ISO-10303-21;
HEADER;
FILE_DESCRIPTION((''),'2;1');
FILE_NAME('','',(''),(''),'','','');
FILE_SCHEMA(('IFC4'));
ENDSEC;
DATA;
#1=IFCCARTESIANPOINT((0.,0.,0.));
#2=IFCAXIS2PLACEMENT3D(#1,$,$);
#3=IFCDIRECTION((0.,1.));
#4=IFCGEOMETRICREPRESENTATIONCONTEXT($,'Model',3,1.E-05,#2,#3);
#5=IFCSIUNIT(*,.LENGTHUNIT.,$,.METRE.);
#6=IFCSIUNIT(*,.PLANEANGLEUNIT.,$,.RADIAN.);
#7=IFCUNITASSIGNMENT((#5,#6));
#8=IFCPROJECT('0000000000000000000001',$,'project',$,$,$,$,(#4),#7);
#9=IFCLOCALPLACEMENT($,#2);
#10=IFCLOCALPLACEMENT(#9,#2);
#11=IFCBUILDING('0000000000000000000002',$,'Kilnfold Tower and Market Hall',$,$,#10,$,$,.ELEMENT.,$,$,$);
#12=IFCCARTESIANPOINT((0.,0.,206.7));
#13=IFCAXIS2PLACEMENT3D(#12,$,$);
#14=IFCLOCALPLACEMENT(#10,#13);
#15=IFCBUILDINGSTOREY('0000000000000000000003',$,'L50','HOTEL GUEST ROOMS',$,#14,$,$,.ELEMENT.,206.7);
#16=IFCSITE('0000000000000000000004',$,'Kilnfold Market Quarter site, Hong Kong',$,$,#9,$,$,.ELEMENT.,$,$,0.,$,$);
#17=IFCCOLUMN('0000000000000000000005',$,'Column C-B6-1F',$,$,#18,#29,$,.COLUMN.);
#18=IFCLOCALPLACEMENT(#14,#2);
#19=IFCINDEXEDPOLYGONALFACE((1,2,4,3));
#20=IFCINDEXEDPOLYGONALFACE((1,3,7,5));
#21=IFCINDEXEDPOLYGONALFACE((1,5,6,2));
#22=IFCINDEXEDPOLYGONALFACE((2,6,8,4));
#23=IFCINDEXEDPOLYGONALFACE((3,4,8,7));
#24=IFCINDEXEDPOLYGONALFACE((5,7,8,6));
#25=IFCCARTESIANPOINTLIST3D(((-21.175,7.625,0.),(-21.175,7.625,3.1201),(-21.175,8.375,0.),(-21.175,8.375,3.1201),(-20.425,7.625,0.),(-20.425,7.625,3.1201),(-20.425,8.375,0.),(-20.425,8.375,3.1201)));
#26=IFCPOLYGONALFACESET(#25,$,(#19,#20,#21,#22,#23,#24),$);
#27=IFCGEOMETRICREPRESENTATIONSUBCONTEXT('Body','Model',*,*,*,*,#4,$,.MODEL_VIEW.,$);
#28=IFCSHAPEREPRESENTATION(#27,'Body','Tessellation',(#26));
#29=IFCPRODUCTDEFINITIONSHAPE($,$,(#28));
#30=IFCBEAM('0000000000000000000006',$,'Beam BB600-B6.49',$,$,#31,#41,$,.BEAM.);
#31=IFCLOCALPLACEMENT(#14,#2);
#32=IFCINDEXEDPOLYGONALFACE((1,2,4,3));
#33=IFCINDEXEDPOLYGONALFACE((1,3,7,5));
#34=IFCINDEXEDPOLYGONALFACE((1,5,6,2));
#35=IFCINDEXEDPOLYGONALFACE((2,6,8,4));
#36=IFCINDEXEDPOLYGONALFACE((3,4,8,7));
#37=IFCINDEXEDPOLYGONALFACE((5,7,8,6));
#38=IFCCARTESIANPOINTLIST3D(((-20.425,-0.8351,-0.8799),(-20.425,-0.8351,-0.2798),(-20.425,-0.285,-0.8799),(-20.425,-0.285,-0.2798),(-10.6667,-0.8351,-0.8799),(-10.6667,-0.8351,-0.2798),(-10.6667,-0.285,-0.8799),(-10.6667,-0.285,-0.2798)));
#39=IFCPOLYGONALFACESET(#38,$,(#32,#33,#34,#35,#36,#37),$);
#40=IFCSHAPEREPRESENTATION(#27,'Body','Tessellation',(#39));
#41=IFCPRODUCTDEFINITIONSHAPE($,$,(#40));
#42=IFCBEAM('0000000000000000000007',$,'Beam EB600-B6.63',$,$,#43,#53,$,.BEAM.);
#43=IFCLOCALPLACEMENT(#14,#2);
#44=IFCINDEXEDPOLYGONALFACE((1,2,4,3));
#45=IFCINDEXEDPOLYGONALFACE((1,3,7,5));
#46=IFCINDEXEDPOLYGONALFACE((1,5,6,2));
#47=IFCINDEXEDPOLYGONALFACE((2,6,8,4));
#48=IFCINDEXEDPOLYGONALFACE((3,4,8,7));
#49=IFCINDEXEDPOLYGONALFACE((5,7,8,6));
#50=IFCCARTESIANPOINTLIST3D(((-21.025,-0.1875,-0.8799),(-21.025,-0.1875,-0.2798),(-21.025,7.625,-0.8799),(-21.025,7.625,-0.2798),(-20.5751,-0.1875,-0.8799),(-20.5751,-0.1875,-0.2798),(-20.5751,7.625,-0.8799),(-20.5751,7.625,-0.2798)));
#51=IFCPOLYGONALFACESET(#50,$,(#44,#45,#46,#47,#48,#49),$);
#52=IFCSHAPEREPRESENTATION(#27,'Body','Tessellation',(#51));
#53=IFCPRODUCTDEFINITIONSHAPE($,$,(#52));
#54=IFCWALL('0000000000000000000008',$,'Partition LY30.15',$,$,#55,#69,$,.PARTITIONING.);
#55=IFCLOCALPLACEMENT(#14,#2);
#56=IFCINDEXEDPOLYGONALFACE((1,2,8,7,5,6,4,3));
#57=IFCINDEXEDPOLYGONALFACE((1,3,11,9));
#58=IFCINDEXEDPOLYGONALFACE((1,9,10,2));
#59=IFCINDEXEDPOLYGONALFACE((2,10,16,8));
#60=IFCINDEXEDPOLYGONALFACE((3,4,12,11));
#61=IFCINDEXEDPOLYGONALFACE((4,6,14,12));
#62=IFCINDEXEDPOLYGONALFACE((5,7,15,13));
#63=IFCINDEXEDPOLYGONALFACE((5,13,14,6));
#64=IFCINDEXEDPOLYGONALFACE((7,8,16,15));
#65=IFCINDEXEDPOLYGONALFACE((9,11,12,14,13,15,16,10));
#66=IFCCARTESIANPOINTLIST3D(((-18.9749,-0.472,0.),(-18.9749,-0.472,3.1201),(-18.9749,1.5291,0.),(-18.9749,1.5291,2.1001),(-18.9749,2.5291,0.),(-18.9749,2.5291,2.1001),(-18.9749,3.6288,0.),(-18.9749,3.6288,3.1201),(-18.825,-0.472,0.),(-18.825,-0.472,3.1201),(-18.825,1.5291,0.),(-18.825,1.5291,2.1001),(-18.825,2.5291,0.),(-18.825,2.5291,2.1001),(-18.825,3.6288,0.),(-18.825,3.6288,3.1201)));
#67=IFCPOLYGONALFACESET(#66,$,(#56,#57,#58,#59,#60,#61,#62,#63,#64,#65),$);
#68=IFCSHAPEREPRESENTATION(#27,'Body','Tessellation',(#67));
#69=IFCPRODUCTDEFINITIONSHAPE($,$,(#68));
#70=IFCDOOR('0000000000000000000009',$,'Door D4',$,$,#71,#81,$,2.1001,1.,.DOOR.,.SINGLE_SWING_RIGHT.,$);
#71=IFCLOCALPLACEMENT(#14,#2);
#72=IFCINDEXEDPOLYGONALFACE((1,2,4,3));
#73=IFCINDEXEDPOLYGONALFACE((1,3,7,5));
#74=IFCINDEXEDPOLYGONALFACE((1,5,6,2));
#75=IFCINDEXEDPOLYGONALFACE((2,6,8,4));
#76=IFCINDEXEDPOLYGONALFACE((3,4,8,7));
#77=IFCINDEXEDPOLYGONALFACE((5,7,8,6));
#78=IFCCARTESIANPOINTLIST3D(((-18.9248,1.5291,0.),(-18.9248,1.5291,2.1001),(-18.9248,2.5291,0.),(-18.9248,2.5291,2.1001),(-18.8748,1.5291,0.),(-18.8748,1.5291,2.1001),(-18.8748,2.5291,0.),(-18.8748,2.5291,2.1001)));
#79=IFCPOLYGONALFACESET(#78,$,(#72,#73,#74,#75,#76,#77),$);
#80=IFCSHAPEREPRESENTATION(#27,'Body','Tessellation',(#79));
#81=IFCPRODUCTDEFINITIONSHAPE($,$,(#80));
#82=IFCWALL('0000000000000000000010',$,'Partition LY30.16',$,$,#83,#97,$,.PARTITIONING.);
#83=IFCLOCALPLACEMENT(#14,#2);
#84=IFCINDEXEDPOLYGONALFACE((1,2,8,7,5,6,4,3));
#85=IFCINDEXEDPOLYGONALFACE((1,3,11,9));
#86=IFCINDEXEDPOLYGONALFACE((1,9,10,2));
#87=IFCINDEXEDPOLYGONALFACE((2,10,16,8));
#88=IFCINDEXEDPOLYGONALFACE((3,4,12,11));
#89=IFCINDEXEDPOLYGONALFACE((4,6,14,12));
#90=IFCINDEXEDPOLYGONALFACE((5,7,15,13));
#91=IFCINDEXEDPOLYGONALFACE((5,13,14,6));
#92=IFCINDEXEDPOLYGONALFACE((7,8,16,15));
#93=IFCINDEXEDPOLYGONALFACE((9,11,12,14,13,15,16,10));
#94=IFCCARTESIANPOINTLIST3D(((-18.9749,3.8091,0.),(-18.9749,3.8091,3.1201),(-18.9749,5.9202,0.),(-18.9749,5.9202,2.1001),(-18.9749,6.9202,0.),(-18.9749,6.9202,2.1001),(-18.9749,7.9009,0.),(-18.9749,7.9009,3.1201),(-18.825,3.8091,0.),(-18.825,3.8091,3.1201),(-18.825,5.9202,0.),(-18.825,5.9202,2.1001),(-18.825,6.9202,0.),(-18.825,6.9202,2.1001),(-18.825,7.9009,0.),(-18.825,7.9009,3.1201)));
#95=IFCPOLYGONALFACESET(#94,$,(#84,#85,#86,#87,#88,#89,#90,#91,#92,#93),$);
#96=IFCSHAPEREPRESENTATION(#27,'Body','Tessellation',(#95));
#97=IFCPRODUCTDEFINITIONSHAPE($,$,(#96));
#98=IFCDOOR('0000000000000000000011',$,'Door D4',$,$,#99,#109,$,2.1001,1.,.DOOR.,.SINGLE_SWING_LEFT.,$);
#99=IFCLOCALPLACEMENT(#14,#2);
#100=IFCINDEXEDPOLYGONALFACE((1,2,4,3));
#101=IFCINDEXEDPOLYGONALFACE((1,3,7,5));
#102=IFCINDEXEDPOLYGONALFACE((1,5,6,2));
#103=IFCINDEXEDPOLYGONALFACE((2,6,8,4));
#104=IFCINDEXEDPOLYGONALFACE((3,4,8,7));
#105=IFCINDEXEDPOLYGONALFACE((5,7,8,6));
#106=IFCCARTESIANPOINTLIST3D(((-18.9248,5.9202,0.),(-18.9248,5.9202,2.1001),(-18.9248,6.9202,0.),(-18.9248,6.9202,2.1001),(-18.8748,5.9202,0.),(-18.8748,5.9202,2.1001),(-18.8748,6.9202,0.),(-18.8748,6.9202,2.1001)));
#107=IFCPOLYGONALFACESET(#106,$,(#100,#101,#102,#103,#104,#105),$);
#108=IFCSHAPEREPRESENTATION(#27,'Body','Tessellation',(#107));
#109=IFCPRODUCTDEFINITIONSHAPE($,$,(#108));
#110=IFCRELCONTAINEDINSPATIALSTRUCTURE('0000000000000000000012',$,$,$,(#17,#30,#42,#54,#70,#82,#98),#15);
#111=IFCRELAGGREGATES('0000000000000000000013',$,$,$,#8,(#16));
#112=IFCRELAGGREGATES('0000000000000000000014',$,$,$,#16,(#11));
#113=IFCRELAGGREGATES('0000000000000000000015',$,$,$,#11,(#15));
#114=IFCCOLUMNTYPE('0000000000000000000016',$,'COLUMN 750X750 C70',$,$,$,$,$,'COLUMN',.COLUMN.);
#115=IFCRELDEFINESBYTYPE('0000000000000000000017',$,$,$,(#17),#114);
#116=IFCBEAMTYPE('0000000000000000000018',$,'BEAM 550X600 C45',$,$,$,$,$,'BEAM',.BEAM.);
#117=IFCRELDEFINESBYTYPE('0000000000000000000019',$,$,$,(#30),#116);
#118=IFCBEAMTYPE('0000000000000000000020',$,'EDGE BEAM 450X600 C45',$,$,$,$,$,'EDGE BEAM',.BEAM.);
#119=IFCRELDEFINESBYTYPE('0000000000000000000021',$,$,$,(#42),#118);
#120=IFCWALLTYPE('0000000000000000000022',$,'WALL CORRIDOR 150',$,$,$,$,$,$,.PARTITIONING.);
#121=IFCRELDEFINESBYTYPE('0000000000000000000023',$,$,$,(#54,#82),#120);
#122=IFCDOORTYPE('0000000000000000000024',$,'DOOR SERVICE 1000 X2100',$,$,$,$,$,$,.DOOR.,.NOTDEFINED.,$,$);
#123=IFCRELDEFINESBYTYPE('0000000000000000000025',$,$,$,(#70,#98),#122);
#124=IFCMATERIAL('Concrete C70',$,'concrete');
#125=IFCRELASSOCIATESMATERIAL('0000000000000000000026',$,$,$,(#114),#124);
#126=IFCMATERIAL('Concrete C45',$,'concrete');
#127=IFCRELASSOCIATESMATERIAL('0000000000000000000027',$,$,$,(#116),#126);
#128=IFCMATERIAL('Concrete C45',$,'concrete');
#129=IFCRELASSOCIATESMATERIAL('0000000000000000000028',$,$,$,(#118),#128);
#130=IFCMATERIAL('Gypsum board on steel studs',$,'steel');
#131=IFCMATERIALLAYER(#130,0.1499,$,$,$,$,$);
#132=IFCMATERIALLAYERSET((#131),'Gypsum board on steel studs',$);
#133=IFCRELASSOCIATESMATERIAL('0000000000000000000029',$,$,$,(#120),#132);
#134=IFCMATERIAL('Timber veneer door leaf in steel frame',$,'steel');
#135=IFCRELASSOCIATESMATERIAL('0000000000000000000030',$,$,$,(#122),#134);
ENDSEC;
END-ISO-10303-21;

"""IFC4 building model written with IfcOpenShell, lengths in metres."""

from ifc_helpers import new_model, si_unit, direction, frame, frame_2d, origin, origin_2d, place, context, subcontext, project, spatial, rectangle, extrude, source, transform, mapped, material, layer, layer_set, material_profile, profile_set, type_object, element, fill, save


model = new_model("IFC4")

# Units and contexts
model_context = context("Model", 3, precision=1e-05, world=origin(), true_north=direction((0.0, 1.0)))
body_context = subcontext(model_context, "Body", "Model", "MODEL_VIEW")
ifc_project = project(units=[si_unit("LENGTHUNIT", "METRE"), si_unit("PLANEANGLEUNIT", "RADIAN")], contexts=[model_context])

# Site, building, storey
site_placement = place(None, origin())
site = spatial("IfcSite", under=ifc_project, at=site_placement, Name="Kilnfold Market Quarter site, Hong Kong", CompositionType="ELEMENT", RefElevation=0.0)
building_placement = place(site_placement, origin())
building = spatial("IfcBuilding", under=site, at=building_placement, Name="Kilnfold Tower and Market Hall", CompositionType="ELEMENT")
storey_placement = place(building_placement, frame((0.0, 0.0, 206.7)))
storey = spatial("IfcBuildingStorey", under=building, at=storey_placement, Name="L50", Description="HOTEL GUEST ROOMS", CompositionType="ELEMENT", Elevation=206.7)

# Column
ifc_material_1 = material(Name="Concrete C70", Category="concrete")
ifc_material_profile_1 = material_profile(ifc_material_1, rectangle(XDim=0.75, YDim=0.75, at=origin_2d()), Name="RC 750x750")
ifc_profile_set_1 = profile_set([ifc_material_profile_1], Name="Concrete C70")
column_type = type_object("IfcColumnType", Name="COLUMN 750X750 C70", ElementType="COLUMN", PredefinedType="COLUMN", material=ifc_profile_set_1)
shared_shape_1 = source(origin(), body_context, "Body", "SweptSolid", [
    extrude(rectangle(XDim=0.75, YDim=0.75, at=origin_2d()), origin(), (0.0, 0.0, 1.0), 3.1201),
])
column_placement = place(storey_placement, frame((-20.8, 8.0, 0.0), z_axis=(0.0, 0.0, 1.0), x_axis=(1.0, 0.0, 0.0)))
element("IfcColumn", 1, at=column_placement, inside=storey, type_object=column_type, Name="Column C-B6-1F", PredefinedType="COLUMN", context=body_context, shape_type="MappedRepresentation", body=[
    mapped(shared_shape_1, transform((0.0, 0.0, 0.0))),
])

# Beams
ifc_material_2 = material(Name="Concrete C45", Category="concrete")
ifc_material_profile_2 = material_profile(ifc_material_2, rectangle(XDim=0.55, YDim=0.6001, at=origin_2d()), Name="RC 550x600")
ifc_profile_set_2 = profile_set([ifc_material_profile_2], Name="Concrete C45")
beam_type_1 = type_object("IfcBeamType", Name="BEAM 550X600 C45", ElementType="BEAM", PredefinedType="BEAM", material=ifc_profile_set_2)
shared_shape_2 = source(origin(), body_context, "Body", "SweptSolid", [
    extrude(rectangle(XDim=0.55, YDim=0.6001, at=origin_2d()), origin(), (0.0, 0.0, 1.0), 9.7583),
])
beam_1_placement = place(storey_placement, frame((-20.425, -0.5601, -0.5798), z_axis=(1.0, 0.0, 0.0), x_axis=(0.0, 1.0, 0.0)))
element("IfcBeam", 2, at=beam_1_placement, inside=storey, type_object=beam_type_1, Name="Beam BB600-B6.49", PredefinedType="BEAM", context=body_context, shape_type="MappedRepresentation", body=[
    mapped(shared_shape_2, transform((0.0, 0.0, 0.0))),
])
ifc_material_3 = material(Name="Concrete C45", Category="concrete")
ifc_material_profile_3 = material_profile(ifc_material_3, rectangle(XDim=0.45, YDim=0.6001, at=origin_2d()), Name="RC 450x600")
ifc_profile_set_3 = profile_set([ifc_material_profile_3], Name="Concrete C45")
beam_type_2 = type_object("IfcBeamType", Name="EDGE BEAM 450X600 C45", ElementType="EDGE BEAM", PredefinedType="BEAM", material=ifc_profile_set_3)
shared_shape_3 = source(origin(), body_context, "Body", "SweptSolid", [
    extrude(rectangle(XDim=0.45, YDim=0.6001, at=origin_2d()), origin(), (0.0, 0.0, 1.0), 7.8125),
])
beam_2_placement = place(storey_placement, frame((-20.8, -0.1875, -0.5798), z_axis=(0.0, 1.0, 0.0), x_axis=(-1.0, 0.0, 0.0)))
element("IfcBeam", 3, at=beam_2_placement, inside=storey, type_object=beam_type_2, Name="Beam EB600-B6.63", PredefinedType="BEAM", context=body_context, shape_type="MappedRepresentation", body=[
    mapped(shared_shape_3, transform((0.0, 0.0, 0.0))),
])

# Walls, openings, doors
ifc_material_4 = material(Name="Gypsum board on steel studs", Category="steel")
ifc_layer_1 = layer(ifc_material_4, 0.1499)
ifc_layer_set_1 = layer_set([ifc_layer_1], Name="Gypsum board on steel studs")
wall_type_1 = type_object("IfcWallType", Name="WALL CORRIDOR 150", PredefinedType="PARTITIONING", material=ifc_layer_set_1)
wall_1_placement = place(storey_placement, frame((-18.8999, -0.4719, 0.0), z_axis=(0.0, 0.0, 1.0), x_axis=(0.0, 1.0, 0.0)))
wall_1 = element("IfcWall", 4, at=wall_1_placement, inside=storey, type_object=wall_type_1, Name="Partition LY30.15", PredefinedType="PARTITIONING", context=body_context, shape_type="SweptSolid", body=[
    extrude(rectangle(XDim=4.1008, YDim=0.1499, at=frame_2d((2.0503, 0.0))), origin(), (0.0, 0.0, 1.0), 3.1201),
])
opening_1_placement = place(wall_1_placement, frame((2.001, 0.0, 0.0)))
opening_1 = element("IfcOpeningElement", 5, at=opening_1_placement, cuts=wall_1, PredefinedType="OPENING", context=body_context, shape_type="SweptSolid", body=[
    extrude(rectangle(XDim=1.0, YDim=2.1001, at=frame_2d((0.5, 1.05))), frame((0.0, 0.085, 0.0), z_axis=(0.0, -1.0, 0.0), x_axis=(1.0, 0.0, 0.0)), (0.0, 0.0, 1.0), 0.1699),
])
ifc_material_5 = material(Name="Timber veneer door leaf in steel frame", Category="steel")
door_type_1 = type_object("IfcDoorType", Name="DOOR SERVICE 1000 X2100", OperationType="NOTDEFINED", PredefinedType="DOOR", material=ifc_material_5)
door_1_placement = place(opening_1_placement, origin())
door_1 = element("IfcDoor", 6, at=door_1_placement, inside=storey, type_object=door_type_1, Name="Door D4", OperationType="SINGLE_SWING_RIGHT", OverallHeight=2.1001, OverallWidth=1.0, PredefinedType="DOOR", context=body_context, shape_type="SweptSolid", body=[
    extrude(rectangle(XDim=1.0, YDim=2.1001, at=frame_2d((0.5, 1.05))), frame((0.0, 0.0249, 0.0), z_axis=(0.0, -1.0, 0.0), x_axis=(1.0, 0.0, 0.0)), (0.0, 0.0, 1.0), 0.05),
])
fill(opening_1, door_1)
wall_2_placement = place(storey_placement, frame((-18.8999, 3.8091, 0.0), z_axis=(0.0, 0.0, 1.0), x_axis=(0.0, 1.0, 0.0)))
wall_2 = element("IfcWall", 7, at=wall_2_placement, inside=storey, type_object=wall_type_1, Name="Partition LY30.16", PredefinedType="PARTITIONING", context=body_context, shape_type="SweptSolid", body=[
    extrude(rectangle(XDim=4.0918, YDim=0.1499, at=frame_2d((2.0459, 0.0))), origin(), (0.0, 0.0, 1.0), 3.1201),
])
opening_2_placement = place(wall_2_placement, frame((2.1111, 0.0, 0.0)))
opening_2 = element("IfcOpeningElement", 8, at=opening_2_placement, cuts=wall_2, PredefinedType="OPENING", context=body_context, shape_type="SweptSolid", body=[
    extrude(rectangle(XDim=1.0, YDim=2.1001, at=frame_2d((0.5, 1.05))), frame((0.0, 0.085, 0.0), z_axis=(0.0, -1.0, 0.0), x_axis=(1.0, 0.0, 0.0)), (0.0, 0.0, 1.0), 0.1699),
])
door_2_placement = place(opening_2_placement, origin())
door_2 = element("IfcDoor", 9, at=door_2_placement, inside=storey, type_object=door_type_1, Name="Door D4", OperationType="SINGLE_SWING_LEFT", OverallHeight=2.1001, OverallWidth=1.0, PredefinedType="DOOR", context=body_context, shape_type="SweptSolid", body=[
    extrude(rectangle(XDim=1.0, YDim=2.1001, at=frame_2d((0.5, 1.05))), frame((0.0, 0.0249, 0.0), z_axis=(0.0, -1.0, 0.0), x_axis=(1.0, 0.0, 0.0)), (0.0, 0.0, 1.0), 0.05),
])
fill(opening_2, door_2)

save(model, "model.ifc")
